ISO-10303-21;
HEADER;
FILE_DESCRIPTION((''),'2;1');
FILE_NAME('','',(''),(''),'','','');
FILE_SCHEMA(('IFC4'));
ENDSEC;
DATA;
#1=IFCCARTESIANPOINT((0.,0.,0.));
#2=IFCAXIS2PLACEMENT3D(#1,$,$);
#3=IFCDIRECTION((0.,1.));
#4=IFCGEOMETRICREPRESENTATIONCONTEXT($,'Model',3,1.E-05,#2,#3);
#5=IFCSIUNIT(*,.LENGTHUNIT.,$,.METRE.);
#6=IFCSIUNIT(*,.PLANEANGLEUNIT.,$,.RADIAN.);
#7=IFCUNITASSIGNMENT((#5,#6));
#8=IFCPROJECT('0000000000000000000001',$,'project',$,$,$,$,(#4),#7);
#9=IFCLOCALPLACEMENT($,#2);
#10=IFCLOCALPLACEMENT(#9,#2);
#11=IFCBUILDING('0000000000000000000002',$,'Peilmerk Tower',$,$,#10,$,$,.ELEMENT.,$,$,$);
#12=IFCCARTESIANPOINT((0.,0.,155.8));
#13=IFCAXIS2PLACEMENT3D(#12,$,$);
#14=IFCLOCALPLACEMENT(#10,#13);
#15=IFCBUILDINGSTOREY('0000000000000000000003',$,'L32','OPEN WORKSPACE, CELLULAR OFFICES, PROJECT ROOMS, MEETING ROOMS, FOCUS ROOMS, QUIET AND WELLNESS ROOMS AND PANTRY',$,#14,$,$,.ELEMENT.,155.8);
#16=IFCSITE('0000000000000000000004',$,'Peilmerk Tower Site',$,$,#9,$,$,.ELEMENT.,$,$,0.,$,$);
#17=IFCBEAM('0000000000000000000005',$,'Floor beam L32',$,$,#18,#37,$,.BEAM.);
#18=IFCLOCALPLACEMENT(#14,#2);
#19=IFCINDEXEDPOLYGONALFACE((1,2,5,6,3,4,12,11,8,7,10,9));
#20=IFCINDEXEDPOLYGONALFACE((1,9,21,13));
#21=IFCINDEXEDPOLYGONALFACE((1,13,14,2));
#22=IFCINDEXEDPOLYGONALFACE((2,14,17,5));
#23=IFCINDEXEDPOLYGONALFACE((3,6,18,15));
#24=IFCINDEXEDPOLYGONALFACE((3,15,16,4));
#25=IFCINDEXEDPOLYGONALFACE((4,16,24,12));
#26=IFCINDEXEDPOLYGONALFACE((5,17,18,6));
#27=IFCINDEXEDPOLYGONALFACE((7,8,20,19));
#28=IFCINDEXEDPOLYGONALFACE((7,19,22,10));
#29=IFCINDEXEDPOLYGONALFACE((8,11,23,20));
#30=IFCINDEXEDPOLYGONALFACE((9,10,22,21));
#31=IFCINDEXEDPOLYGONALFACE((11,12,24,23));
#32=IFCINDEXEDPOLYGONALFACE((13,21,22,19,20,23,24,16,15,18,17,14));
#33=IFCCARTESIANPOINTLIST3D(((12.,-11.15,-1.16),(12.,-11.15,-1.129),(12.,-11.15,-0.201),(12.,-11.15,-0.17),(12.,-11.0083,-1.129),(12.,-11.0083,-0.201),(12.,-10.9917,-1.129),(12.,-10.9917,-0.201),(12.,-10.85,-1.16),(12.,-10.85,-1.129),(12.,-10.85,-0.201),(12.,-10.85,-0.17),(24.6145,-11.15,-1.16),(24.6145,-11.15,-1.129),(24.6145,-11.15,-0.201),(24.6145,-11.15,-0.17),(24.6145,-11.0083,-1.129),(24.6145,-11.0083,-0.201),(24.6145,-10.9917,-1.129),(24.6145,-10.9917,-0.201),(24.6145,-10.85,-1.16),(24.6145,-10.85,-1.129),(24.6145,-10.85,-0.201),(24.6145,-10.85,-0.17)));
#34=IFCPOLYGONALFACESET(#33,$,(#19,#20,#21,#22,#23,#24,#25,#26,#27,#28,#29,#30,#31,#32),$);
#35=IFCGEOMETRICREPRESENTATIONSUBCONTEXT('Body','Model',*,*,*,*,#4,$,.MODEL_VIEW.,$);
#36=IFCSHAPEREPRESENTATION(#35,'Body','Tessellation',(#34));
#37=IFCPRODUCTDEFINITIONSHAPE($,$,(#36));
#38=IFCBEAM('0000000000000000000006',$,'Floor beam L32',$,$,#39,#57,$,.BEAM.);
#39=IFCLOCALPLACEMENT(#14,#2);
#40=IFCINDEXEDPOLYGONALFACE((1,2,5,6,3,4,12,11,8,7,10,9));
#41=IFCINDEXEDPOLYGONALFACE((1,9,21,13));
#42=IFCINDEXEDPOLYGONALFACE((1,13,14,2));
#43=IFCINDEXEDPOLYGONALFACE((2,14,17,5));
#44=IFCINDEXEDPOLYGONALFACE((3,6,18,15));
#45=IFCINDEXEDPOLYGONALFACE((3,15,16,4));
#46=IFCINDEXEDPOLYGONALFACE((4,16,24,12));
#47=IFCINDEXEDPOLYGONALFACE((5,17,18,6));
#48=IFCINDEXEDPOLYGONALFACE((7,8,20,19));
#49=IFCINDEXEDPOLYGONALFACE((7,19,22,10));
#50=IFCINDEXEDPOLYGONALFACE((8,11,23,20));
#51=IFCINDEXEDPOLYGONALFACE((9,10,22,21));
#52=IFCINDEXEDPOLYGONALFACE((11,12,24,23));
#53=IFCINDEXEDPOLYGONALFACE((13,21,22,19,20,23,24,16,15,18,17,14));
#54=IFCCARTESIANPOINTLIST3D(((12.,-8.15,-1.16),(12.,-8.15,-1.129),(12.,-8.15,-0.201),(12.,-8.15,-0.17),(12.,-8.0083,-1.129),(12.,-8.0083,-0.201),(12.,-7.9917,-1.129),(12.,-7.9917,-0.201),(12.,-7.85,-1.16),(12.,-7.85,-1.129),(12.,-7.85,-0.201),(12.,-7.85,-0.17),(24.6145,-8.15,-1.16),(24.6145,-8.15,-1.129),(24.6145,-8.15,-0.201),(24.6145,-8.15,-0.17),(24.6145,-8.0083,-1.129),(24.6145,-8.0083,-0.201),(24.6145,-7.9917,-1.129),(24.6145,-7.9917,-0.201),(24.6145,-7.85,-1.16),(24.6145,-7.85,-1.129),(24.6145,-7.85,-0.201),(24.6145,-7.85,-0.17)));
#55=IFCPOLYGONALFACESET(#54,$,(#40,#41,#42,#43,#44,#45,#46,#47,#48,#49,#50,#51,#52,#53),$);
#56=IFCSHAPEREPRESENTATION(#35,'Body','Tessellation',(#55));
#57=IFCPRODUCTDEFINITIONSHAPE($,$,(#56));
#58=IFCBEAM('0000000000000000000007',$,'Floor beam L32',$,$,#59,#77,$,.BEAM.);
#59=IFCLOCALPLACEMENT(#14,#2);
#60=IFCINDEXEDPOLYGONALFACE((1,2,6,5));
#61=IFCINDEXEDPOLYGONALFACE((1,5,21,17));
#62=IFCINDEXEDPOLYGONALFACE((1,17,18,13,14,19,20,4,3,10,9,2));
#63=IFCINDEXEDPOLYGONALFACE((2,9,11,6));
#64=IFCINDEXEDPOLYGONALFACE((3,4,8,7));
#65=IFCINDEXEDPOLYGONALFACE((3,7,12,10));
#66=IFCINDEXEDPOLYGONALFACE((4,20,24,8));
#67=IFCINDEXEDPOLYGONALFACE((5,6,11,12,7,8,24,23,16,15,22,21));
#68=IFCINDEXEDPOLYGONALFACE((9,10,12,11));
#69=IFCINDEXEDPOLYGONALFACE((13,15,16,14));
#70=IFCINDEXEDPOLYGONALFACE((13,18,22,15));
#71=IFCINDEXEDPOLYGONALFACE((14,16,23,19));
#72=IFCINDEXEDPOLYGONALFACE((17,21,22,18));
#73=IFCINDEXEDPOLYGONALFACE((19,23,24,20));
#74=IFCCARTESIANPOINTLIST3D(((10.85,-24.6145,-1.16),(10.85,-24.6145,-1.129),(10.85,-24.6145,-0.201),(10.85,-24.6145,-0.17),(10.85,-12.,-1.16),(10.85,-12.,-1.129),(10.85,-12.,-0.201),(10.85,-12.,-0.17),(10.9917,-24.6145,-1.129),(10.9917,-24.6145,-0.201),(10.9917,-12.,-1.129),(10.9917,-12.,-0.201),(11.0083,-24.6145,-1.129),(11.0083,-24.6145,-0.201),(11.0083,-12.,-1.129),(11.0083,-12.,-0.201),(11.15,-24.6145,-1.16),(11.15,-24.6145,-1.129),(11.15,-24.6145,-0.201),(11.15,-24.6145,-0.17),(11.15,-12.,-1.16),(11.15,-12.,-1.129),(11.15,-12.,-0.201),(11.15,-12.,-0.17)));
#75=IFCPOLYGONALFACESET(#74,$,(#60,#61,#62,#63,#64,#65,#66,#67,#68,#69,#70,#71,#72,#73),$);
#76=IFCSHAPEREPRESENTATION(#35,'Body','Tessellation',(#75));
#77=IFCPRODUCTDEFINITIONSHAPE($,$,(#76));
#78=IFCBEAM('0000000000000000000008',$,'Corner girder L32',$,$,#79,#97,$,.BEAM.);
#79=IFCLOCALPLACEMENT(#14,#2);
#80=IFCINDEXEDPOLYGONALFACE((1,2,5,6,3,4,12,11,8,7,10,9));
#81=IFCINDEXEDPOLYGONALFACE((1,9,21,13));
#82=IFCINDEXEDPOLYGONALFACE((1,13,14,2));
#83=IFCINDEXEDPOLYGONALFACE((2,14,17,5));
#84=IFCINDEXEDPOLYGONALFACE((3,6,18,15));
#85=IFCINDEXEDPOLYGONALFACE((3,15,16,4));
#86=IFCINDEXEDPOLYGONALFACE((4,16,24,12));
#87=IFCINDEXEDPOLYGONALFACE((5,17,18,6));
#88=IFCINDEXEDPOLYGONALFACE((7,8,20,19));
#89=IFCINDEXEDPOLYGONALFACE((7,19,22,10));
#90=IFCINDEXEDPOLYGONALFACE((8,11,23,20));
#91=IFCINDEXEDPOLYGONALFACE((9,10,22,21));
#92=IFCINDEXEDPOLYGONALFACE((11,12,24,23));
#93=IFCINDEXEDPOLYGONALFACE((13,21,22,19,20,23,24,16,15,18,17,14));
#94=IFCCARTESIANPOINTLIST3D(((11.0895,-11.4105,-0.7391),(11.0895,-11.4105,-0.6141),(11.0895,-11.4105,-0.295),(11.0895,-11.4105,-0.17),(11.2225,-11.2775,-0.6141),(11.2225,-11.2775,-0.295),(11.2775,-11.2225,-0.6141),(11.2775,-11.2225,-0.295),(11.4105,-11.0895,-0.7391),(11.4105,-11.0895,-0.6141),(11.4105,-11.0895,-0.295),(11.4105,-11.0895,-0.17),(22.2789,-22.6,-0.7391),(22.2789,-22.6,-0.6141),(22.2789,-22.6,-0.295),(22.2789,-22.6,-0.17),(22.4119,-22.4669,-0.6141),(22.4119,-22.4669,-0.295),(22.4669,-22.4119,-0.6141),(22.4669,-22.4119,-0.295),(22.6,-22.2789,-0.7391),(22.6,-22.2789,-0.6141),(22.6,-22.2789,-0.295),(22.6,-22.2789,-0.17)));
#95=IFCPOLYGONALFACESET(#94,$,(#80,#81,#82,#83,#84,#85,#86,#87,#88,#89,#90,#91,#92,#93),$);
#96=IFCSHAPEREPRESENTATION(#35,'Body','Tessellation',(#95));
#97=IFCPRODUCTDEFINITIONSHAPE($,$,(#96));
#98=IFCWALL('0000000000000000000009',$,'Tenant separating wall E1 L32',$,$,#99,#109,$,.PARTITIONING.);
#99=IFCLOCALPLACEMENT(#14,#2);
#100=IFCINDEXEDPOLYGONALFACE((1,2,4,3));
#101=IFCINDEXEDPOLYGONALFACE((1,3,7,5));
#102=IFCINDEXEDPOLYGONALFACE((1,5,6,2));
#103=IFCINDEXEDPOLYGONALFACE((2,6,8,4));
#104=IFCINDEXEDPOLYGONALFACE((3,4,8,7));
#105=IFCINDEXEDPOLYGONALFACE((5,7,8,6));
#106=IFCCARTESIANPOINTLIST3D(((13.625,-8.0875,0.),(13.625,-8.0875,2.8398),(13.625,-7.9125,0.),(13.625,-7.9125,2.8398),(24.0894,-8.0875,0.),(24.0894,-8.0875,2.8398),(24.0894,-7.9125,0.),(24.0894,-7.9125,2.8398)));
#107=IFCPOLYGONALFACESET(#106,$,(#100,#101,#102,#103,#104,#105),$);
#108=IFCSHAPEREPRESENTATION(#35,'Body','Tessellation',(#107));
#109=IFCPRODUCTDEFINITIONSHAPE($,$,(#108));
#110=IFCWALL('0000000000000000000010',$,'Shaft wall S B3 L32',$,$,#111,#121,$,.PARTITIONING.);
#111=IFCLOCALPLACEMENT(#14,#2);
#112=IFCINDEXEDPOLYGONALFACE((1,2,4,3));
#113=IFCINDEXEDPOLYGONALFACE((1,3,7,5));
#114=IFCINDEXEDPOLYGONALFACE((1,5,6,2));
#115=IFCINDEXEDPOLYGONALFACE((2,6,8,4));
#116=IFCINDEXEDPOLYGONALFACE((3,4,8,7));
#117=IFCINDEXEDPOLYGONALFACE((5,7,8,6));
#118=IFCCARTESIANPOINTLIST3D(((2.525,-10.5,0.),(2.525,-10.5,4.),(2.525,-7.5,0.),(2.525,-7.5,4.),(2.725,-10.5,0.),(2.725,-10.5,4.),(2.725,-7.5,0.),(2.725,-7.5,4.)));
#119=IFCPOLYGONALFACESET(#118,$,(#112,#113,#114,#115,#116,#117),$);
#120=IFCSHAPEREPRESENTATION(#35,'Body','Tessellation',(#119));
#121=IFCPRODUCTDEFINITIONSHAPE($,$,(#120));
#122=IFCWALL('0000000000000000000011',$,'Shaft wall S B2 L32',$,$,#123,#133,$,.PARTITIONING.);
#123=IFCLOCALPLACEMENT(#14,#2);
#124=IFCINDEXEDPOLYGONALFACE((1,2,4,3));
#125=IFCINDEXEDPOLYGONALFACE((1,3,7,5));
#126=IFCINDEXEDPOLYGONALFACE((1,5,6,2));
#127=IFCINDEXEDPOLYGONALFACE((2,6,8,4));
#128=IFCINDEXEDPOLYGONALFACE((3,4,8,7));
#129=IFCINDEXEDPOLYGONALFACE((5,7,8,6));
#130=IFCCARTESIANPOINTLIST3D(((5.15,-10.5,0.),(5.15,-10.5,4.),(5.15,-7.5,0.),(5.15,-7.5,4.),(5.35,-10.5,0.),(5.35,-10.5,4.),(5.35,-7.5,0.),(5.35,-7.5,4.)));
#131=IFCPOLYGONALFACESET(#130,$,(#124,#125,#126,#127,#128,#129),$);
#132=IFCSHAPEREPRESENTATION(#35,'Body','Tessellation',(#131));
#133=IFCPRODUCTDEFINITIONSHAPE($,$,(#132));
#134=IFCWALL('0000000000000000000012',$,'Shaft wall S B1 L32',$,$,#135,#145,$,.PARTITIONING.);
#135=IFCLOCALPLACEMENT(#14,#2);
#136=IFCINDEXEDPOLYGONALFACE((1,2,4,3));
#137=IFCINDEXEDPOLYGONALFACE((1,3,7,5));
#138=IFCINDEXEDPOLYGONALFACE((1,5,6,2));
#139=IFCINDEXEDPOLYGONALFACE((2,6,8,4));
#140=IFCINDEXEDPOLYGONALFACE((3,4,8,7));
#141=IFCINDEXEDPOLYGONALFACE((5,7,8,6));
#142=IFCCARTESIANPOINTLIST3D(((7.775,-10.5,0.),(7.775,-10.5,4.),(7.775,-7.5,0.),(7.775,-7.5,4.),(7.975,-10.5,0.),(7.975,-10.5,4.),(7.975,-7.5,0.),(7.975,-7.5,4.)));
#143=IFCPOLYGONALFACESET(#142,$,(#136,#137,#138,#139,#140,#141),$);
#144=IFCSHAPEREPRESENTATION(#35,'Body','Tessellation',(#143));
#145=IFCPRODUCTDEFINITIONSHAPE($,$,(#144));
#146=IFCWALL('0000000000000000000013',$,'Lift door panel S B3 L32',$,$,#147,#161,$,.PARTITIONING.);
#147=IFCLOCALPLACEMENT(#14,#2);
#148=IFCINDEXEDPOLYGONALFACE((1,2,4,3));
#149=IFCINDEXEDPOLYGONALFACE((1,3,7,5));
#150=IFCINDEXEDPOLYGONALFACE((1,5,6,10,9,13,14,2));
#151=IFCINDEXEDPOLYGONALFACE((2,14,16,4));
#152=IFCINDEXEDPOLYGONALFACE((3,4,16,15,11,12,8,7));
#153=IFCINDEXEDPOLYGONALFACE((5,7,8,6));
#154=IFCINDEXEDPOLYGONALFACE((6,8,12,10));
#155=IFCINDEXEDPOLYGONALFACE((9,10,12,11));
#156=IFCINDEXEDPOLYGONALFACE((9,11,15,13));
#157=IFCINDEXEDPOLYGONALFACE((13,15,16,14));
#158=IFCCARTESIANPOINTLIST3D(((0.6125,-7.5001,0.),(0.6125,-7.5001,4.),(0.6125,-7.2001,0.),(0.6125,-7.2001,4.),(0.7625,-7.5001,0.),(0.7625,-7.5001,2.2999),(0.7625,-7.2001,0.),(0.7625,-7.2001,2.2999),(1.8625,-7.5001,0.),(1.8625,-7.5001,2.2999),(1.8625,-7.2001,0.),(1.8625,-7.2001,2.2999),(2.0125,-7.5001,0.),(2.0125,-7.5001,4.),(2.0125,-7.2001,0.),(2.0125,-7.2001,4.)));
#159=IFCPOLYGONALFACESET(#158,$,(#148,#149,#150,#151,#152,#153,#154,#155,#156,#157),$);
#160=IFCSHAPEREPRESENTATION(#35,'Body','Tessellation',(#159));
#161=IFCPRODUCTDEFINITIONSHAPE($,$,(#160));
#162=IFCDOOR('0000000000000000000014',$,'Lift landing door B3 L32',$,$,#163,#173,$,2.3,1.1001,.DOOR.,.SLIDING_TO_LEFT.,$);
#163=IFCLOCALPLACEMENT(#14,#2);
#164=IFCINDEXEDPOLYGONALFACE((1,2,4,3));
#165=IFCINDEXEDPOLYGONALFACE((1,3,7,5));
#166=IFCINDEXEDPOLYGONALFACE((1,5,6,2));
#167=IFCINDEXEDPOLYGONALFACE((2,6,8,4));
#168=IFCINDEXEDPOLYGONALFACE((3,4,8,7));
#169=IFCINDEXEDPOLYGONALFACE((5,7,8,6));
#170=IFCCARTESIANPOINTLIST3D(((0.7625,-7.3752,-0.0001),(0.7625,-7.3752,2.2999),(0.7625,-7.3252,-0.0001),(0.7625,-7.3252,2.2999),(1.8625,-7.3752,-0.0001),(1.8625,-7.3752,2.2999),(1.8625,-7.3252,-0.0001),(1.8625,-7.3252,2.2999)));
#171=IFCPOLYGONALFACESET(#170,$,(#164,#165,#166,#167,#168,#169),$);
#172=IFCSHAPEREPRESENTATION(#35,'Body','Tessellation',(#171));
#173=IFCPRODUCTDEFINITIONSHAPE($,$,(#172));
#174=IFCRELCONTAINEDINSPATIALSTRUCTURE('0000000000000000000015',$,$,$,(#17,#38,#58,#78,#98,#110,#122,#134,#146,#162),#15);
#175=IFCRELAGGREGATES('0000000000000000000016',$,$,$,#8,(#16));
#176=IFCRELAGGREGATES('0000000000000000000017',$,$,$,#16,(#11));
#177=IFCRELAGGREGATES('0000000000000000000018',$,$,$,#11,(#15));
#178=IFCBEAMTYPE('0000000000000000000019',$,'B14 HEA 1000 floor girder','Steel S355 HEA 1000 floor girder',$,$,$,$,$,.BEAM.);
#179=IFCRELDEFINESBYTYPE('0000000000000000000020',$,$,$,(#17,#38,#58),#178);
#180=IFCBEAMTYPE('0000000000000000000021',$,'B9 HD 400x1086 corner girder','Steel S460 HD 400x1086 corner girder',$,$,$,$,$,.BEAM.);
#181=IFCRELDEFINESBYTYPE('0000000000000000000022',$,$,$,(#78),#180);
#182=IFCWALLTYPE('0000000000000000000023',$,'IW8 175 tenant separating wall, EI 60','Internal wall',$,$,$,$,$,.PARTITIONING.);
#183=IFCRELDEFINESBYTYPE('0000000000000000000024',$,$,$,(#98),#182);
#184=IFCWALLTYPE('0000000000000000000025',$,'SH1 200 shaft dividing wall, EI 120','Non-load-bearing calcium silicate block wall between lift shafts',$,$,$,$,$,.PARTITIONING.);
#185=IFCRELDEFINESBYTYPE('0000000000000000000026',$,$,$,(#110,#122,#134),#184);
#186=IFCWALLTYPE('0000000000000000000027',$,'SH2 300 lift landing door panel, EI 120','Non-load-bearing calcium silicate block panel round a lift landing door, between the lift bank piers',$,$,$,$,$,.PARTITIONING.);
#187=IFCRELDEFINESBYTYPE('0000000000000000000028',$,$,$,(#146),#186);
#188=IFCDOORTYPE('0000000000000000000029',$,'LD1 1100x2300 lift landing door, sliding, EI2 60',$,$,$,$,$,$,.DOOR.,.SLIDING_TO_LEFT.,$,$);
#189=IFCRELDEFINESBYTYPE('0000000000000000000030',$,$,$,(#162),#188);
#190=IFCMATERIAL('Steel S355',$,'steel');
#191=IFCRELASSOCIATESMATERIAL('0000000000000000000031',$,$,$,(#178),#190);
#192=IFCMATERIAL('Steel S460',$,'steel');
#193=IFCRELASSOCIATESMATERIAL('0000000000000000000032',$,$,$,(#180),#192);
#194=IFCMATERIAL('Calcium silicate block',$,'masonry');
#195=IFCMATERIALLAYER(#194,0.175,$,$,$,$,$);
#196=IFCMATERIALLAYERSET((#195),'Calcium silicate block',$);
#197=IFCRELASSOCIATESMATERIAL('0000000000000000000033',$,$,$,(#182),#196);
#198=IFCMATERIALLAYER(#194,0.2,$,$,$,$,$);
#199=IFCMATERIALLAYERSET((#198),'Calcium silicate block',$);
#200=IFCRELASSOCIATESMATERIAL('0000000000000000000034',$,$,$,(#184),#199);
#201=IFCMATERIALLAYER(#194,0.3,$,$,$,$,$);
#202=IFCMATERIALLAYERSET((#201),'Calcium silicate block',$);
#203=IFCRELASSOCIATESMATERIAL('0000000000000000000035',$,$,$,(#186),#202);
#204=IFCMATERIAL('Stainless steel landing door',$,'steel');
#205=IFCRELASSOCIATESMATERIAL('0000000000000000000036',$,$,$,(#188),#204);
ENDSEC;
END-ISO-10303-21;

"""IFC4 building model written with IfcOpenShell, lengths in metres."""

from ifc_helpers import new_model, si_unit, direction, frame, frame_2d, origin, origin_2d, place, context, subcontext, project, spatial, rectangle, i_section, extrude, material, layer, layer_set, material_profile, profile_set, type_object, element, fill, save


model = new_model("IFC4")

# Units and contexts
model_context = context("Model", 3, precision=1e-05, world=origin(), true_north=direction((0.0, 1.0)))
body_context = subcontext(model_context, "Body", "Model", "MODEL_VIEW")
ifc_project = project(units=[si_unit("LENGTHUNIT", "METRE"), si_unit("PLANEANGLEUNIT", "RADIAN")], contexts=[model_context])

# Site, building, storey
site_placement = place(None, origin())
site = spatial("IfcSite", under=ifc_project, at=site_placement, Name="Peilmerk Tower Site", CompositionType="ELEMENT", RefElevation=0.0)
building_placement = place(site_placement, origin())
building = spatial("IfcBuilding", under=site, at=building_placement, Name="Peilmerk Tower", CompositionType="ELEMENT")
storey_placement = place(building_placement, frame((0.0, 0.0, 155.8)))
storey = spatial("IfcBuildingStorey", under=building, at=storey_placement, Name="L32", Description="OPEN WORKSPACE, CELLULAR OFFICES, PROJECT ROOMS, MEETING ROOMS, FOCUS ROOMS, QUIET AND WELLNESS ROOMS AND PANTRY", CompositionType="ELEMENT", Elevation=155.8)

# Beams
ifc_material_1 = material(Name="Steel S355", Category="steel")
ifc_material_profile_1 = material_profile(ifc_material_1, i_section(OverallWidth=0.3, OverallDepth=0.99, WebThickness=0.0166, FlangeThickness=0.031, at=origin_2d()), Name="HEA 1000")
ifc_profile_set_1 = profile_set([ifc_material_profile_1], Name="Steel S355")
beam_type_1 = type_object("IfcBeamType", Name="B14 HEA 1000 floor girder", Description="Steel S355 HEA 1000 floor girder", PredefinedType="BEAM", material=ifc_profile_set_1)
for number, where, z_axis, x_axis, name in (
    (1, (12.0, -11.0, -0.665), (1.0, 0.0, 0.0), (0.0, 1.0, 0.0), "Floor beam L32"),
    (2, (12.0, -8.0, -0.665), (1.0, 0.0, 0.0), (0.0, 1.0, 0.0), "Floor beam L32"),
    (3, (11.0, -12.0, -0.665), (0.0, -1.0, 0.0), (1.0, 0.0, 0.0), "Floor beam L32"),
):
    element("IfcBeam", number, at=place(storey_placement, frame(where, z_axis=z_axis, x_axis=x_axis)), inside=storey, type_object=beam_type_1, Name=name, PredefinedType="BEAM", context=body_context, shape_type="SweptSolid", body=[
        extrude(i_section(OverallWidth=0.3, OverallDepth=0.99, WebThickness=0.0166, FlangeThickness=0.031, at=origin_2d()), origin(), (0.0, 0.0, 1.0), 12.6145),
    ])
ifc_material_2 = material(Name="Steel S460", Category="steel")
ifc_material_profile_2 = material_profile(ifc_material_2, i_section(OverallWidth=0.4541, OverallDepth=0.5691, WebThickness=0.0779, FlangeThickness=0.125, at=origin_2d()), Name="HD 400x1086")
ifc_profile_set_2 = profile_set([ifc_material_profile_2], Name="Steel S460")
beam_type_2 = type_object("IfcBeamType", Name="B9 HD 400x1086 corner girder", Description="Steel S460 HD 400x1086 corner girder", PredefinedType="BEAM", material=ifc_profile_set_2)
beam_placement = place(storey_placement, frame((11.25, -11.25, -0.4546), z_axis=(0.707107, -0.707107, 0.0), x_axis=(0.707107, 0.707107, 0.0)))
element("IfcBeam", 4, at=beam_placement, inside=storey, type_object=beam_type_2, Name="Corner girder L32", PredefinedType="BEAM", context=body_context, shape_type="SweptSolid", body=[
    extrude(i_section(OverallWidth=0.4541, OverallDepth=0.5691, WebThickness=0.0779, FlangeThickness=0.125, at=origin_2d()), origin(), (0.0, 0.0, 1.0), 15.8242),
])

# Walls
ifc_material_3 = material(Name="Calcium silicate block", Category="masonry")
ifc_layer_1 = layer(ifc_material_3, 0.175)
ifc_layer_set_1 = layer_set([ifc_layer_1], Name="Calcium silicate block")
wall_type_1 = type_object("IfcWallType", Name="IW8 175 tenant separating wall, EI 60", Description="Internal wall", PredefinedType="PARTITIONING", material=ifc_layer_set_1)
wall_1_placement = place(storey_placement, frame((13.625, -8.0, 0.0), z_axis=(0.0, 0.0, 1.0), x_axis=(1.0, 0.0, 0.0)))
element("IfcWall", 5, at=wall_1_placement, inside=storey, type_object=wall_type_1, Name="Tenant separating wall E1 L32", PredefinedType="PARTITIONING", context=body_context, shape_type="SweptSolid", body=[
    extrude(rectangle(XDim=10.4644, YDim=0.175, at=frame_2d((5.2322, 0.0))), origin(), (0.0, 0.0, 1.0), 2.8398),
])
ifc_layer_2 = layer(ifc_material_3, 0.2)
ifc_layer_set_2 = layer_set([ifc_layer_2], Name="Calcium silicate block")
wall_type_2 = type_object("IfcWallType", Name="SH1 200 shaft dividing wall, EI 120", Description="Non-load-bearing calcium silicate block wall between lift shafts", PredefinedType="PARTITIONING", material=ifc_layer_set_2)
for number, where, z_axis, x_axis, name in (
    (6, (2.625, -10.5, 0.0), (0.0, 0.0, 1.0), (0.0, 1.0, 0.0), "Shaft wall S B3 L32"),
    (7, (5.25, -10.5, 0.0), (0.0, 0.0, 1.0), (0.0, 1.0, 0.0), "Shaft wall S B2 L32"),
    (8, (7.875, -10.5, 0.0), (0.0, 0.0, 1.0), (0.0, 1.0, 0.0), "Shaft wall S B1 L32"),
):
    element("IfcWall", number, at=place(storey_placement, frame(where, z_axis=z_axis, x_axis=x_axis)), inside=storey, type_object=wall_type_2, Name=name, PredefinedType="PARTITIONING", context=body_context, shape_type="SweptSolid", body=[
        extrude(rectangle(XDim=3.0, YDim=0.2, at=frame_2d((1.5, 0.0))), origin(), (0.0, 0.0, 1.0), 4.0),
    ])

# Wall, opening, door
ifc_layer_3 = layer(ifc_material_3, 0.3)
ifc_layer_set_3 = layer_set([ifc_layer_3], Name="Calcium silicate block")
wall_type_3 = type_object("IfcWallType", Name="SH2 300 lift landing door panel, EI 120", Description="Non-load-bearing calcium silicate block panel round a lift landing door, between the lift bank piers", PredefinedType="PARTITIONING", material=ifc_layer_set_3)
wall_2_placement = place(storey_placement, frame((0.6125, -7.3501, 0.0), z_axis=(0.0, 0.0, 1.0), x_axis=(1.0, 0.0, 0.0)))
wall_2 = element("IfcWall", 9, at=wall_2_placement, inside=storey, type_object=wall_type_3, Name="Lift door panel S B3 L32", PredefinedType="PARTITIONING", context=body_context, shape_type="SweptSolid", body=[
    extrude(rectangle(XDim=1.3999, YDim=0.3, at=frame_2d((0.7, 0.0))), origin(), (0.0, 0.0, 1.0), 4.0),
])
opening_1_placement = place(wall_2_placement, frame((0.1499, 0.0, 0.0)))
opening_1 = element("IfcOpeningElement", 10, at=opening_1_placement, cuts=wall_2, PredefinedType="OPENING", context=body_context, shape_type="SweptSolid", body=[
    extrude(rectangle(XDim=1.1001, YDim=2.3, at=frame_2d((0.55, 1.1499))), frame((0.0, 0.1599, 0.0), z_axis=(0.0, -1.0, 0.0), x_axis=(1.0, 0.0, 0.0)), (0.0, 0.0, 1.0), 0.3201),
])
ifc_material_4 = material(Name="Stainless steel landing door", Category="steel")
door_type = type_object("IfcDoorType", Name="LD1 1100x2300 lift landing door, sliding, EI2 60", OperationType="SLIDING_TO_LEFT", PredefinedType="DOOR", material=ifc_material_4)
door_1_placement = place(opening_1_placement, origin())
door_1 = element("IfcDoor", 11, at=door_1_placement, inside=storey, type_object=door_type, Name="Lift landing door B3 L32", OperationType="SLIDING_TO_LEFT", OverallHeight=2.3, OverallWidth=1.1001, PredefinedType="DOOR", context=body_context, shape_type="SweptSolid", body=[
    extrude(rectangle(XDim=1.1001, YDim=2.3, at=frame_2d((0.55, 1.1499))), frame((0.0, 0.0249, 0.0), z_axis=(0.0, -1.0, 0.0), x_axis=(1.0, 0.0, 0.0)), (0.0, 0.0, 1.0), 0.05),
])
fill(opening_1, door_1)

save(model, "model.ifc")
